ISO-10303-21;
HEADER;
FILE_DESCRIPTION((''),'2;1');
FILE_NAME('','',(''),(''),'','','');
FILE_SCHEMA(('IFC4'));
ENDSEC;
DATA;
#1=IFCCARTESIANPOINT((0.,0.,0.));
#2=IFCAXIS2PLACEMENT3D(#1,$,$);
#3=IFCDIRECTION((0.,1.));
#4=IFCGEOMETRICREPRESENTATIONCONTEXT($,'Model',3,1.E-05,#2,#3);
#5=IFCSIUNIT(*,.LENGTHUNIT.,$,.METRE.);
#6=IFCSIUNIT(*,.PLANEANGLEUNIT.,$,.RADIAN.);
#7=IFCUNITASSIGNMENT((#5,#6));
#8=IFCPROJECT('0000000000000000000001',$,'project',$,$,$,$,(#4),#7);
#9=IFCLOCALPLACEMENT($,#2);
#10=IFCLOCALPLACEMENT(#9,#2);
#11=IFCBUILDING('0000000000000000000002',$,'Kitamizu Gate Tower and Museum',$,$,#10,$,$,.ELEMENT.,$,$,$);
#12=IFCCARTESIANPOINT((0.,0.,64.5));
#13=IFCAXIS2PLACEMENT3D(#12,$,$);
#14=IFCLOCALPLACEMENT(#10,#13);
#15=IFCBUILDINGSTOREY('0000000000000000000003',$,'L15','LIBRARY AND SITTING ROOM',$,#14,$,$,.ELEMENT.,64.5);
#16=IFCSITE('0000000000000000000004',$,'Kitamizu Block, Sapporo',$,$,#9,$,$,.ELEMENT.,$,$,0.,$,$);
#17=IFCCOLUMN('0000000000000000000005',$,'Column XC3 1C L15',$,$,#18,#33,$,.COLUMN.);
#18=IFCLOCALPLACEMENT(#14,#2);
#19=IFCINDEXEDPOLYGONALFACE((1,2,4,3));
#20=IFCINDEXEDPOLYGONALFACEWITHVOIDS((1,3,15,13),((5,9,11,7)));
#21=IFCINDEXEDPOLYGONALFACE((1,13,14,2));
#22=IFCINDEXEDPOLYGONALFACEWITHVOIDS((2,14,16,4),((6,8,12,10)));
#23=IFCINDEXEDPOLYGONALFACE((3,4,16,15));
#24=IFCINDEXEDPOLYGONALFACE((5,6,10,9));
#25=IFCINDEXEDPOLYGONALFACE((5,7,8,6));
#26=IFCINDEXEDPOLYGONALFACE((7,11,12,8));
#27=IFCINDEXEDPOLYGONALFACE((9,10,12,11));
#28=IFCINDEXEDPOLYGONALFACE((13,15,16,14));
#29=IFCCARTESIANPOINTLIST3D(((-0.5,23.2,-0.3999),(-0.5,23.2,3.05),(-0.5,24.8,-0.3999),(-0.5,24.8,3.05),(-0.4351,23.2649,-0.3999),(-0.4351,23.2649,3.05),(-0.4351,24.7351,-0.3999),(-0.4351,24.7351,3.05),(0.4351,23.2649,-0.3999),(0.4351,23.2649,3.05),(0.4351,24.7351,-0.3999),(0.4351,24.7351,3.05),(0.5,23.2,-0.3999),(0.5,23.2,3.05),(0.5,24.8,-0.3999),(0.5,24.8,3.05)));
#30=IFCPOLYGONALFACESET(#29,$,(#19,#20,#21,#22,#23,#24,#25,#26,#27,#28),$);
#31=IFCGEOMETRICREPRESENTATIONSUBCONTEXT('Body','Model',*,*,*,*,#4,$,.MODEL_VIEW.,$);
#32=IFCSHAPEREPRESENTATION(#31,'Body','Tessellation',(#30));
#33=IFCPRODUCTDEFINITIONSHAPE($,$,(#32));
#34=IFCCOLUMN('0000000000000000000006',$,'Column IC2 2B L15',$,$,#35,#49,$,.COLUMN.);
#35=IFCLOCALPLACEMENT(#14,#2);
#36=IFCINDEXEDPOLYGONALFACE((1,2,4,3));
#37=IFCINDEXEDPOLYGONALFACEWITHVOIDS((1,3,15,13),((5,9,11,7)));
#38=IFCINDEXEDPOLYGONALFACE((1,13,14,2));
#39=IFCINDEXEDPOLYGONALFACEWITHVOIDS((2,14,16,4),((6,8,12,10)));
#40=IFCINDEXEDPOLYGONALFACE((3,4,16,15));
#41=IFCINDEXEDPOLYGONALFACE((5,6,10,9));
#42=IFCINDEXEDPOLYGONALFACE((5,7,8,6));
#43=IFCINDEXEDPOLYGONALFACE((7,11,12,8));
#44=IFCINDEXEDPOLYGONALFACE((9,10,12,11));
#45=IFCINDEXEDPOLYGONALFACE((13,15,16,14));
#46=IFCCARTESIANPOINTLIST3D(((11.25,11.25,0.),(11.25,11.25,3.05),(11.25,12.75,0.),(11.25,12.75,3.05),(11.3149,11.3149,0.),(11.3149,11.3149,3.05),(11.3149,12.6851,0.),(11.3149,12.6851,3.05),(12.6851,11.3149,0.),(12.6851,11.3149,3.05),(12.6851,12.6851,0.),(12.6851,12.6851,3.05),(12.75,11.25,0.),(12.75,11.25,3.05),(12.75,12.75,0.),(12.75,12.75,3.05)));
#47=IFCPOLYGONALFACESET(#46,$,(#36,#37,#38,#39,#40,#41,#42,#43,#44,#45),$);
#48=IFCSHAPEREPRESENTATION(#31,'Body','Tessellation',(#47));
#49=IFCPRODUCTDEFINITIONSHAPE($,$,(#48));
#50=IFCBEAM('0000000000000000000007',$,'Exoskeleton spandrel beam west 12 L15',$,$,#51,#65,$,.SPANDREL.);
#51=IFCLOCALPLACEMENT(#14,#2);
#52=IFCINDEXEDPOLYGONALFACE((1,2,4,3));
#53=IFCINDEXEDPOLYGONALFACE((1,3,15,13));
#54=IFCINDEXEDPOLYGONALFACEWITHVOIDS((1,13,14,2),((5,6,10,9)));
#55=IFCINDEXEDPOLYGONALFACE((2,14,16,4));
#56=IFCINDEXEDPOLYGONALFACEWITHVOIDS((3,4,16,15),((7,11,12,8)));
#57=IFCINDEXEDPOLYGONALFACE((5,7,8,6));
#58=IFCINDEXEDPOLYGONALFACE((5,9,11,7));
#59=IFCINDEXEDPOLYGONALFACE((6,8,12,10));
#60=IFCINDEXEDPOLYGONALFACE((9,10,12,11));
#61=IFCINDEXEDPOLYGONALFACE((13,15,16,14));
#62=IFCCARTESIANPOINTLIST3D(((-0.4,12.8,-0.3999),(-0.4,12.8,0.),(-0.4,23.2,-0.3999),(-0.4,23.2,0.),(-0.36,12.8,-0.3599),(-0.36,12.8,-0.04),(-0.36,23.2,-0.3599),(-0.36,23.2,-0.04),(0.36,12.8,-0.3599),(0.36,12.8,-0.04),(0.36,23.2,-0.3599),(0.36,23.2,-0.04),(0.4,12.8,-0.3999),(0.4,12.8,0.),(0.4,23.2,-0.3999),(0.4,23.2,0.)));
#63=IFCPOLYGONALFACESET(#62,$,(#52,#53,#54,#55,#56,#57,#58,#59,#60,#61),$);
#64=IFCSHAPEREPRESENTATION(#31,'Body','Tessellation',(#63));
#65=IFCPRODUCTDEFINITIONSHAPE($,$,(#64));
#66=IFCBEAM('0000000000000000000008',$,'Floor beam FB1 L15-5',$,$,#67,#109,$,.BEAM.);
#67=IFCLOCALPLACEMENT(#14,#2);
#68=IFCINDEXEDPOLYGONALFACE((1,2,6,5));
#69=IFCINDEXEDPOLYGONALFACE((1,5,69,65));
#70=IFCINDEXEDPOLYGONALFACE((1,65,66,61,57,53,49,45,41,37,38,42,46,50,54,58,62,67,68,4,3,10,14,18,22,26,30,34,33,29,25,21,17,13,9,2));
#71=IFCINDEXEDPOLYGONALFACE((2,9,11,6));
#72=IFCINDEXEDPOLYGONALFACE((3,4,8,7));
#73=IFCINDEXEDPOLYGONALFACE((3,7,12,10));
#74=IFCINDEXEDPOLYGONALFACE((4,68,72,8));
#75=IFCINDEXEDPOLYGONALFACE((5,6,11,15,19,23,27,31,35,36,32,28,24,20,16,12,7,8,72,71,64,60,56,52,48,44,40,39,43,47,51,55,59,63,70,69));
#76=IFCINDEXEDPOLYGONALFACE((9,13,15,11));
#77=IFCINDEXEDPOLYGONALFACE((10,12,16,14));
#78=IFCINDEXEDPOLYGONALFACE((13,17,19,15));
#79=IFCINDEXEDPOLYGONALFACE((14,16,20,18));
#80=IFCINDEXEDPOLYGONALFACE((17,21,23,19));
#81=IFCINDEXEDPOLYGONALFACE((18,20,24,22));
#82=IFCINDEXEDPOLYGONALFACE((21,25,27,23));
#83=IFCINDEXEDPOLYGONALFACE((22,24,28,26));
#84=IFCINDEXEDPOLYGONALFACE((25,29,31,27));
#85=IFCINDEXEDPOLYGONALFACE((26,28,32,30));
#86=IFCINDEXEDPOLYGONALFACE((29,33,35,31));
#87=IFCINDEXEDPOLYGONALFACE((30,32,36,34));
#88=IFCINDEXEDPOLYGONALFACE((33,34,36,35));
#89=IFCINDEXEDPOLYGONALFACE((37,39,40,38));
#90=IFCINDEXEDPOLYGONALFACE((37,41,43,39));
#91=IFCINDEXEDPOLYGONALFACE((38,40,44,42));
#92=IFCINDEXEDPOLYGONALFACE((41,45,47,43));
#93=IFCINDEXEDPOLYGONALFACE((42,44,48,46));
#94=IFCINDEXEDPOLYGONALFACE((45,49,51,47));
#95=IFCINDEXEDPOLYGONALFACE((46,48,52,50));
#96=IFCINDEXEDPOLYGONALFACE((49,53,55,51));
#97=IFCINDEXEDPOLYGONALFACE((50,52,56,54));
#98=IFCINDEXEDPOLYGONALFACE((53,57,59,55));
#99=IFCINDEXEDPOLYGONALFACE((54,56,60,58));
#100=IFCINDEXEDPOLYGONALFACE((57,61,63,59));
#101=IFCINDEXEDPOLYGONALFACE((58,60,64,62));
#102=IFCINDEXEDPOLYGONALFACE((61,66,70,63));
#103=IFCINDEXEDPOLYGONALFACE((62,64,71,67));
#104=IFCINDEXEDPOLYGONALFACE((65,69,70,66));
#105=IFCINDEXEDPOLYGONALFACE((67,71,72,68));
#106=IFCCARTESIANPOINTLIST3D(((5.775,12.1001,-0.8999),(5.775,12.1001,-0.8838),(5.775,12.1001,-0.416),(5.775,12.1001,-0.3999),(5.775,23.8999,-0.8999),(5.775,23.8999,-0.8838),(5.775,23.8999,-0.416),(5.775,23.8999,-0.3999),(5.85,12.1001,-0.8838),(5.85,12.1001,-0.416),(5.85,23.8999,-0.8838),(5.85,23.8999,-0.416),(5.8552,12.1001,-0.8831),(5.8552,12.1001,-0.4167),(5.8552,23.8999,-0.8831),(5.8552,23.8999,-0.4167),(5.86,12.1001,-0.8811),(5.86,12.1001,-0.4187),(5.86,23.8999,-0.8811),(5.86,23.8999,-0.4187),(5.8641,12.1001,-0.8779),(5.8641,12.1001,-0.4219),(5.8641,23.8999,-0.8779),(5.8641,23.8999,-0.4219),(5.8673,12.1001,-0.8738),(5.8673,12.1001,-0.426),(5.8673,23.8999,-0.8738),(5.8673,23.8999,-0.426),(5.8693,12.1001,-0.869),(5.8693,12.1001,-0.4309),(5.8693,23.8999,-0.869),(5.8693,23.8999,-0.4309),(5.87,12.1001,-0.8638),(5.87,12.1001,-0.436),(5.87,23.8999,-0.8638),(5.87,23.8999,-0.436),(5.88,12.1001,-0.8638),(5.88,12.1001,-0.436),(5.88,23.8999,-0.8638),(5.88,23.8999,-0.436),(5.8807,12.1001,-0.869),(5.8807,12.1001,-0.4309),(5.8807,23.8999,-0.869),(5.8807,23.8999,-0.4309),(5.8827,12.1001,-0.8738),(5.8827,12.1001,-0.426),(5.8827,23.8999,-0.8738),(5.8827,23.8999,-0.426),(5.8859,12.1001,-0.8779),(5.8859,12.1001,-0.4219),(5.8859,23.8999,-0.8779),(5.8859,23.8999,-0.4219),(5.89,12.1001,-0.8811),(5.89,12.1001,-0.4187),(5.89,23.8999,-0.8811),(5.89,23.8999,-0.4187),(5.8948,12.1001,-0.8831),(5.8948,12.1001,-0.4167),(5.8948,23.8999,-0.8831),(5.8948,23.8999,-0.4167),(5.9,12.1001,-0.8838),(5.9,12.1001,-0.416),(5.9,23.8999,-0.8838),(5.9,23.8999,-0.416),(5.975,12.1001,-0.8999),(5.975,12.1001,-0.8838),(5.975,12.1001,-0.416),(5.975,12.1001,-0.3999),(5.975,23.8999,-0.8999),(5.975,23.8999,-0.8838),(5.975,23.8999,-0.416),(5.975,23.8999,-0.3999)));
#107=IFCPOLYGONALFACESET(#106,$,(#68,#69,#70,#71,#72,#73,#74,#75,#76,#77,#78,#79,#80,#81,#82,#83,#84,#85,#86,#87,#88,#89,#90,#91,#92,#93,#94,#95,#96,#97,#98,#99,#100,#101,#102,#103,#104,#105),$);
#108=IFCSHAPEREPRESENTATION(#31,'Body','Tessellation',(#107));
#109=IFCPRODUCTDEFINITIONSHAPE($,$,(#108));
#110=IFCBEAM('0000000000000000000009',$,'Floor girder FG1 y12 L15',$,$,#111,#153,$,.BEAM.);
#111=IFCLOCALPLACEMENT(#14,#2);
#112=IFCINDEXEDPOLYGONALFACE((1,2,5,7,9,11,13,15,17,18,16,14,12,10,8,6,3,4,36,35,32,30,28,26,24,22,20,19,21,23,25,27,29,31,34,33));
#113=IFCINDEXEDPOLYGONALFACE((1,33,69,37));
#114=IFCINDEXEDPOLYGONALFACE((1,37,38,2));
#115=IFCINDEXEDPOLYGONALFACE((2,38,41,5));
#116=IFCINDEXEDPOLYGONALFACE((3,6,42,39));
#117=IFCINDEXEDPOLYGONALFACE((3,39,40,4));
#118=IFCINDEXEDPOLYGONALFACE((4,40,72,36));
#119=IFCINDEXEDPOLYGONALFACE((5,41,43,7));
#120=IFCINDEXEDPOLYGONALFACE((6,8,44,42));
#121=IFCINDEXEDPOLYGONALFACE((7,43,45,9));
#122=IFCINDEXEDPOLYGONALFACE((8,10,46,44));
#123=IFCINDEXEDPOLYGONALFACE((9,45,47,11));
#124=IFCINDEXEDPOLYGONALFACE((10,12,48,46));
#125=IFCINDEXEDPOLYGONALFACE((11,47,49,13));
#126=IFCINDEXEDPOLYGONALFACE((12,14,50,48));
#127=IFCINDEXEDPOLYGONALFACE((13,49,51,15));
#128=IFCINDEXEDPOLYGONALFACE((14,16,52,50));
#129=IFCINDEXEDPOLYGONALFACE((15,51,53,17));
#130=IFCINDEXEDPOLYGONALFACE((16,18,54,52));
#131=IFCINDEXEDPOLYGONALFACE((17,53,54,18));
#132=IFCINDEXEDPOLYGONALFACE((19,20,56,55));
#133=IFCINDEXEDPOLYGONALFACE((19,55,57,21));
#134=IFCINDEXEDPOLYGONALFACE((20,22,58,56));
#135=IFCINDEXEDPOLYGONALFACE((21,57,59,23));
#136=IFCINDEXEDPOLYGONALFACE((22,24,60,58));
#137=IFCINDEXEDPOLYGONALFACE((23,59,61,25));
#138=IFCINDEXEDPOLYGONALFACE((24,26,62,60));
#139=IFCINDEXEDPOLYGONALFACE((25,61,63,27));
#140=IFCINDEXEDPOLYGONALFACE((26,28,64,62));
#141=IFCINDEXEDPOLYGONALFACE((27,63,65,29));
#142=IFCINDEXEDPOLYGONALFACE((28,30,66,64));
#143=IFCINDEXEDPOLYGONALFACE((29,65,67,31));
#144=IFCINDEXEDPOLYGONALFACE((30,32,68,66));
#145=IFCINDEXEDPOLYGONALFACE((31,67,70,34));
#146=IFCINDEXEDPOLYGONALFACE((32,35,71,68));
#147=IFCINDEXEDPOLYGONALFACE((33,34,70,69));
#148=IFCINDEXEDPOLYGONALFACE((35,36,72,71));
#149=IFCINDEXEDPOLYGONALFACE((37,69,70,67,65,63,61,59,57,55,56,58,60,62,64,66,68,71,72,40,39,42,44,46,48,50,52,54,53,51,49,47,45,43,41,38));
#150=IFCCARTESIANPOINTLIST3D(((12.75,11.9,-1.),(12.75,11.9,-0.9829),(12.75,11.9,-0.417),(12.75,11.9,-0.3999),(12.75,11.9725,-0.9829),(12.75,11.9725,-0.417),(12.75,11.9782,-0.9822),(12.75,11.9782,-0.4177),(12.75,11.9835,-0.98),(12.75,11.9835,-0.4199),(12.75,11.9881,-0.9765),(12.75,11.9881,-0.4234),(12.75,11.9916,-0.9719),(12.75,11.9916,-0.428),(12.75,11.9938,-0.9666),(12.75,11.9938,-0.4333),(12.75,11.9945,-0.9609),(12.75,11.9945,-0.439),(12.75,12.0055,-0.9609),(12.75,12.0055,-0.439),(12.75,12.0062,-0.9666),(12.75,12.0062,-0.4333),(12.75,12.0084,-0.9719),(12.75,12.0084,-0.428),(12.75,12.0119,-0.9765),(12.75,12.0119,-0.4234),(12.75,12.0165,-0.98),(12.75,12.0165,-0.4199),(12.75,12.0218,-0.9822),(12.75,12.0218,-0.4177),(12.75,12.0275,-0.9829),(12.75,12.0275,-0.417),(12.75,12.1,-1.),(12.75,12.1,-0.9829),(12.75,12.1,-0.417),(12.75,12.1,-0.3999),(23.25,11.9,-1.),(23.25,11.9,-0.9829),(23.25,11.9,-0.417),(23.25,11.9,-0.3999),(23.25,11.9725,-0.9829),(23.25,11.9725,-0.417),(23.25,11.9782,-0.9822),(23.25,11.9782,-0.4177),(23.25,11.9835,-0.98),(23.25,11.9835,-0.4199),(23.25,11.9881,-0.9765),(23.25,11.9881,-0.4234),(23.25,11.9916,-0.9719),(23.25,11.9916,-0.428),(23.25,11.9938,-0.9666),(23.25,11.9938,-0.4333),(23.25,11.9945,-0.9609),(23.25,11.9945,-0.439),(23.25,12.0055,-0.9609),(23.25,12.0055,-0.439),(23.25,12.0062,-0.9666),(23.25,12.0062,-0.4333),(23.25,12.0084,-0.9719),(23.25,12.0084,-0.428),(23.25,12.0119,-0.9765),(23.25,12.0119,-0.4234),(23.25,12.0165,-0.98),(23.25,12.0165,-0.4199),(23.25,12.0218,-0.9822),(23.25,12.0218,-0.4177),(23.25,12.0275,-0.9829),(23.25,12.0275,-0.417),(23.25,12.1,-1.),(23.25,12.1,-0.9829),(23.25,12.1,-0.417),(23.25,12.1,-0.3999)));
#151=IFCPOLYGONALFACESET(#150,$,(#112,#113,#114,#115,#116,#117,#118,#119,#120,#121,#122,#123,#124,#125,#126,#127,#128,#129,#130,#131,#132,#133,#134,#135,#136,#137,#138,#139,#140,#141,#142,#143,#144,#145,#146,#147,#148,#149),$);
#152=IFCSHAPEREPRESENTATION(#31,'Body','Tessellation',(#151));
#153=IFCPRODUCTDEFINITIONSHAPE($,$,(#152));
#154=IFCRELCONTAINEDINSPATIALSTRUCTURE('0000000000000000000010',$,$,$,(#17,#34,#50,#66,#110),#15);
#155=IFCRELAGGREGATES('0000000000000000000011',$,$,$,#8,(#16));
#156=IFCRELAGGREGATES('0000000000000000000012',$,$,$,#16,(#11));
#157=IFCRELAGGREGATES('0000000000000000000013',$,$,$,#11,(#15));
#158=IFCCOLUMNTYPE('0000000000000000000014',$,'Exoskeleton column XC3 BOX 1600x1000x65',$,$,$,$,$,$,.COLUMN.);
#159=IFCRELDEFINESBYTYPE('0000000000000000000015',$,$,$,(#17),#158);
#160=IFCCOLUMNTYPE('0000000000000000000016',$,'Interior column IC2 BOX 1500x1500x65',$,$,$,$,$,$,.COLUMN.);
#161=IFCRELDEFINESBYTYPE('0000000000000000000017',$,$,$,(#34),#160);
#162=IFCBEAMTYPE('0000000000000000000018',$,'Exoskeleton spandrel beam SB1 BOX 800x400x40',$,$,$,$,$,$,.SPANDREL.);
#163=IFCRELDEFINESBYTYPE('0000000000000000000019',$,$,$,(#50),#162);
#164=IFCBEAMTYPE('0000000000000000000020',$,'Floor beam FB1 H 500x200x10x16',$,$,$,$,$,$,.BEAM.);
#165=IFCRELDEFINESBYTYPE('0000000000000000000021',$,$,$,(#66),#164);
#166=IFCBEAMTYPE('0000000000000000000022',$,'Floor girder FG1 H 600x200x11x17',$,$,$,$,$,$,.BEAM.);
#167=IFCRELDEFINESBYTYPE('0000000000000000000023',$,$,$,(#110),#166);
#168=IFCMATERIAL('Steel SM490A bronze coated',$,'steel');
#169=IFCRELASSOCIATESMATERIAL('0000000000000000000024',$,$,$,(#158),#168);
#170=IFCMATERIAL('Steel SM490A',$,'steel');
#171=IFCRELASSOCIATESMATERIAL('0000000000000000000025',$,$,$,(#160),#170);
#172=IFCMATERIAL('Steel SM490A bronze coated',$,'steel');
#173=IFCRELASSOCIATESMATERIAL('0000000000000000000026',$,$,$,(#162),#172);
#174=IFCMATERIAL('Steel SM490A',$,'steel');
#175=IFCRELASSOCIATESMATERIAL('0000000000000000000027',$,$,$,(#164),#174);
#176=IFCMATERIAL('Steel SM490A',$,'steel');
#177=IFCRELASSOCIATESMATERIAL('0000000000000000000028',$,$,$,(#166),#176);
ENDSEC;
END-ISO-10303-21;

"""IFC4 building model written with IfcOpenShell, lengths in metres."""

from ifc_helpers import new_model, si_unit, direction, frame, origin, origin_2d, place, context, subcontext, project, spatial, hollow_rectangle, i_section, extrude, material, material_profile, profile_set, type_object, element, save


model = new_model("IFC4")

# Units and contexts
model_context = context("Model", 3, precision=1e-05, world=origin(), true_north=direction((0.0, 1.0)))
body_context = subcontext(model_context, "Body", "Model", "MODEL_VIEW")
ifc_project = project(units=[si_unit("LENGTHUNIT", "METRE"), si_unit("PLANEANGLEUNIT", "RADIAN")], contexts=[model_context])

# Site, building, storey
site_placement = place(None, origin())
site = spatial("IfcSite", under=ifc_project, at=site_placement, Name="Kitamizu Block, Sapporo", CompositionType="ELEMENT", RefElevation=0.0)
building_placement = place(site_placement, origin())
building = spatial("IfcBuilding", under=site, at=building_placement, Name="Kitamizu Gate Tower and Museum", CompositionType="ELEMENT")
storey_placement = place(building_placement, frame((0.0, 0.0, 64.5)))
storey = spatial("IfcBuildingStorey", under=building, at=storey_placement, Name="L15", Description="LIBRARY AND SITTING ROOM", CompositionType="ELEMENT", Elevation=64.5)

# Columns
ifc_material_1 = material(Name="Steel SM490A bronze coated", Category="steel")
ifc_material_profile_1 = material_profile(ifc_material_1, hollow_rectangle(XDim=1.6001, YDim=1.0, WallThickness=0.0649, at=origin_2d()), Name="BOX 1600x1000x65")
ifc_profile_set_1 = profile_set([ifc_material_profile_1], Name="Steel SM490A bronze coated")
column_type_1 = type_object("IfcColumnType", Name="Exoskeleton column XC3 BOX 1600x1000x65", PredefinedType="COLUMN", material=ifc_profile_set_1)
column_1_placement = place(storey_placement, frame((0.0, 24.0, -0.3999), z_axis=(0.0, 0.0, 1.0), x_axis=(0.0, 1.0, 0.0)))
element("IfcColumn", 1, at=column_1_placement, inside=storey, type_object=column_type_1, Name="Column XC3 1C L15", PredefinedType="COLUMN", context=body_context, shape_type="SweptSolid", body=[
    extrude(hollow_rectangle(XDim=1.6001, YDim=1.0, WallThickness=0.0649, at=origin_2d()), origin(), (0.0, 0.0, 1.0), 3.45),
])
ifc_material_2 = material(Name="Steel SM490A", Category="steel")
ifc_material_profile_2 = material_profile(ifc_material_2, hollow_rectangle(XDim=1.5, YDim=1.5, WallThickness=0.0649, at=origin_2d()), Name="BOX 1500x1500x65")
ifc_profile_set_2 = profile_set([ifc_material_profile_2], Name="Steel SM490A")
column_type_2 = type_object("IfcColumnType", Name="Interior column IC2 BOX 1500x1500x65", PredefinedType="COLUMN", material=ifc_profile_set_2)
column_2_placement = place(storey_placement, frame((12.0, 12.0, 0.0), z_axis=(0.0, 0.0, 1.0), x_axis=(1.0, 0.0, 0.0)))
element("IfcColumn", 2, at=column_2_placement, inside=storey, type_object=column_type_2, Name="Column IC2 2B L15", PredefinedType="COLUMN", context=body_context, shape_type="SweptSolid", body=[
    extrude(hollow_rectangle(XDim=1.5, YDim=1.5, WallThickness=0.0649, at=origin_2d()), origin(), (0.0, 0.0, 1.0), 3.05),
])

# Beams
ifc_material_3 = material(Name="Steel SM490A bronze coated", Category="steel")
ifc_material_profile_3 = material_profile(ifc_material_3, hollow_rectangle(XDim=0.8, YDim=0.3999, WallThickness=0.04, at=origin_2d()), Name="BOX 800x400x40")
ifc_profile_set_3 = profile_set([ifc_material_profile_3], Name="Steel SM490A bronze coated")
beam_type_1 = type_object("IfcBeamType", Name="Exoskeleton spandrel beam SB1 BOX 800x400x40", PredefinedType="SPANDREL", material=ifc_profile_set_3)
beam_1_placement = place(storey_placement, frame((0.0, 12.8, -0.2), z_axis=(0.0, 1.0, 0.0), x_axis=(-1.0, 0.0, 0.0)))
element("IfcBeam", 3, at=beam_1_placement, inside=storey, type_object=beam_type_1, Name="Exoskeleton spandrel beam west 12 L15", PredefinedType="SPANDREL", context=body_context, shape_type="SweptSolid", body=[
    extrude(hollow_rectangle(XDim=0.8, YDim=0.3999, WallThickness=0.04, at=origin_2d()), origin(), (0.0, 0.0, 1.0), 10.3999),
])
ifc_material_4 = material(Name="Steel SM490A", Category="steel")
ifc_material_profile_4 = material_profile(ifc_material_4, i_section(OverallWidth=0.2, OverallDepth=0.5, WebThickness=0.01, FlangeThickness=0.0161, FilletRadius=0.02, at=origin_2d()), Name="H-500x200x10x16")
ifc_profile_set_4 = profile_set([ifc_material_profile_4], Name="Steel SM490A")
beam_type_2 = type_object("IfcBeamType", Name="Floor beam FB1 H 500x200x10x16", PredefinedType="BEAM", material=ifc_profile_set_4)
beam_2_placement = place(storey_placement, frame((5.875, 12.1001, -0.6499), z_axis=(0.0, 1.0, 0.0), x_axis=(-1.0, 0.0, 0.0)))
element("IfcBeam", 4, at=beam_2_placement, inside=storey, type_object=beam_type_2, Name="Floor beam FB1 L15-5", PredefinedType="BEAM", context=body_context, shape_type="SweptSolid", body=[
    extrude(i_section(OverallWidth=0.2, OverallDepth=0.5, WebThickness=0.01, FlangeThickness=0.0161, FilletRadius=0.02, at=origin_2d()), origin(), (0.0, 0.0, 1.0), 11.7998),
])
ifc_material_5 = material(Name="Steel SM490A", Category="steel")
ifc_material_profile_5 = material_profile(ifc_material_5, i_section(OverallWidth=0.2, OverallDepth=0.6001, WebThickness=0.011, FlangeThickness=0.0171, FilletRadius=0.022, at=origin_2d()), Name="H-600x200x11x17")
ifc_profile_set_5 = profile_set([ifc_material_profile_5], Name="Steel SM490A")
beam_type_3 = type_object("IfcBeamType", Name="Floor girder FG1 H 600x200x11x17", PredefinedType="BEAM", material=ifc_profile_set_5)
beam_3_placement = place(storey_placement, frame((12.75, 12.0, -0.7), z_axis=(1.0, 0.0, 0.0), x_axis=(0.0, 1.0, 0.0)))
element("IfcBeam", 5, at=beam_3_placement, inside=storey, type_object=beam_type_3, Name="Floor girder FG1 y12 L15", PredefinedType="BEAM", context=body_context, shape_type="SweptSolid", body=[
    extrude(i_section(OverallWidth=0.2, OverallDepth=0.6001, WebThickness=0.011, FlangeThickness=0.0171, FilletRadius=0.022, at=origin_2d()), origin(), (0.0, 0.0, 1.0), 10.5),
])

save(model, "model.ifc")
